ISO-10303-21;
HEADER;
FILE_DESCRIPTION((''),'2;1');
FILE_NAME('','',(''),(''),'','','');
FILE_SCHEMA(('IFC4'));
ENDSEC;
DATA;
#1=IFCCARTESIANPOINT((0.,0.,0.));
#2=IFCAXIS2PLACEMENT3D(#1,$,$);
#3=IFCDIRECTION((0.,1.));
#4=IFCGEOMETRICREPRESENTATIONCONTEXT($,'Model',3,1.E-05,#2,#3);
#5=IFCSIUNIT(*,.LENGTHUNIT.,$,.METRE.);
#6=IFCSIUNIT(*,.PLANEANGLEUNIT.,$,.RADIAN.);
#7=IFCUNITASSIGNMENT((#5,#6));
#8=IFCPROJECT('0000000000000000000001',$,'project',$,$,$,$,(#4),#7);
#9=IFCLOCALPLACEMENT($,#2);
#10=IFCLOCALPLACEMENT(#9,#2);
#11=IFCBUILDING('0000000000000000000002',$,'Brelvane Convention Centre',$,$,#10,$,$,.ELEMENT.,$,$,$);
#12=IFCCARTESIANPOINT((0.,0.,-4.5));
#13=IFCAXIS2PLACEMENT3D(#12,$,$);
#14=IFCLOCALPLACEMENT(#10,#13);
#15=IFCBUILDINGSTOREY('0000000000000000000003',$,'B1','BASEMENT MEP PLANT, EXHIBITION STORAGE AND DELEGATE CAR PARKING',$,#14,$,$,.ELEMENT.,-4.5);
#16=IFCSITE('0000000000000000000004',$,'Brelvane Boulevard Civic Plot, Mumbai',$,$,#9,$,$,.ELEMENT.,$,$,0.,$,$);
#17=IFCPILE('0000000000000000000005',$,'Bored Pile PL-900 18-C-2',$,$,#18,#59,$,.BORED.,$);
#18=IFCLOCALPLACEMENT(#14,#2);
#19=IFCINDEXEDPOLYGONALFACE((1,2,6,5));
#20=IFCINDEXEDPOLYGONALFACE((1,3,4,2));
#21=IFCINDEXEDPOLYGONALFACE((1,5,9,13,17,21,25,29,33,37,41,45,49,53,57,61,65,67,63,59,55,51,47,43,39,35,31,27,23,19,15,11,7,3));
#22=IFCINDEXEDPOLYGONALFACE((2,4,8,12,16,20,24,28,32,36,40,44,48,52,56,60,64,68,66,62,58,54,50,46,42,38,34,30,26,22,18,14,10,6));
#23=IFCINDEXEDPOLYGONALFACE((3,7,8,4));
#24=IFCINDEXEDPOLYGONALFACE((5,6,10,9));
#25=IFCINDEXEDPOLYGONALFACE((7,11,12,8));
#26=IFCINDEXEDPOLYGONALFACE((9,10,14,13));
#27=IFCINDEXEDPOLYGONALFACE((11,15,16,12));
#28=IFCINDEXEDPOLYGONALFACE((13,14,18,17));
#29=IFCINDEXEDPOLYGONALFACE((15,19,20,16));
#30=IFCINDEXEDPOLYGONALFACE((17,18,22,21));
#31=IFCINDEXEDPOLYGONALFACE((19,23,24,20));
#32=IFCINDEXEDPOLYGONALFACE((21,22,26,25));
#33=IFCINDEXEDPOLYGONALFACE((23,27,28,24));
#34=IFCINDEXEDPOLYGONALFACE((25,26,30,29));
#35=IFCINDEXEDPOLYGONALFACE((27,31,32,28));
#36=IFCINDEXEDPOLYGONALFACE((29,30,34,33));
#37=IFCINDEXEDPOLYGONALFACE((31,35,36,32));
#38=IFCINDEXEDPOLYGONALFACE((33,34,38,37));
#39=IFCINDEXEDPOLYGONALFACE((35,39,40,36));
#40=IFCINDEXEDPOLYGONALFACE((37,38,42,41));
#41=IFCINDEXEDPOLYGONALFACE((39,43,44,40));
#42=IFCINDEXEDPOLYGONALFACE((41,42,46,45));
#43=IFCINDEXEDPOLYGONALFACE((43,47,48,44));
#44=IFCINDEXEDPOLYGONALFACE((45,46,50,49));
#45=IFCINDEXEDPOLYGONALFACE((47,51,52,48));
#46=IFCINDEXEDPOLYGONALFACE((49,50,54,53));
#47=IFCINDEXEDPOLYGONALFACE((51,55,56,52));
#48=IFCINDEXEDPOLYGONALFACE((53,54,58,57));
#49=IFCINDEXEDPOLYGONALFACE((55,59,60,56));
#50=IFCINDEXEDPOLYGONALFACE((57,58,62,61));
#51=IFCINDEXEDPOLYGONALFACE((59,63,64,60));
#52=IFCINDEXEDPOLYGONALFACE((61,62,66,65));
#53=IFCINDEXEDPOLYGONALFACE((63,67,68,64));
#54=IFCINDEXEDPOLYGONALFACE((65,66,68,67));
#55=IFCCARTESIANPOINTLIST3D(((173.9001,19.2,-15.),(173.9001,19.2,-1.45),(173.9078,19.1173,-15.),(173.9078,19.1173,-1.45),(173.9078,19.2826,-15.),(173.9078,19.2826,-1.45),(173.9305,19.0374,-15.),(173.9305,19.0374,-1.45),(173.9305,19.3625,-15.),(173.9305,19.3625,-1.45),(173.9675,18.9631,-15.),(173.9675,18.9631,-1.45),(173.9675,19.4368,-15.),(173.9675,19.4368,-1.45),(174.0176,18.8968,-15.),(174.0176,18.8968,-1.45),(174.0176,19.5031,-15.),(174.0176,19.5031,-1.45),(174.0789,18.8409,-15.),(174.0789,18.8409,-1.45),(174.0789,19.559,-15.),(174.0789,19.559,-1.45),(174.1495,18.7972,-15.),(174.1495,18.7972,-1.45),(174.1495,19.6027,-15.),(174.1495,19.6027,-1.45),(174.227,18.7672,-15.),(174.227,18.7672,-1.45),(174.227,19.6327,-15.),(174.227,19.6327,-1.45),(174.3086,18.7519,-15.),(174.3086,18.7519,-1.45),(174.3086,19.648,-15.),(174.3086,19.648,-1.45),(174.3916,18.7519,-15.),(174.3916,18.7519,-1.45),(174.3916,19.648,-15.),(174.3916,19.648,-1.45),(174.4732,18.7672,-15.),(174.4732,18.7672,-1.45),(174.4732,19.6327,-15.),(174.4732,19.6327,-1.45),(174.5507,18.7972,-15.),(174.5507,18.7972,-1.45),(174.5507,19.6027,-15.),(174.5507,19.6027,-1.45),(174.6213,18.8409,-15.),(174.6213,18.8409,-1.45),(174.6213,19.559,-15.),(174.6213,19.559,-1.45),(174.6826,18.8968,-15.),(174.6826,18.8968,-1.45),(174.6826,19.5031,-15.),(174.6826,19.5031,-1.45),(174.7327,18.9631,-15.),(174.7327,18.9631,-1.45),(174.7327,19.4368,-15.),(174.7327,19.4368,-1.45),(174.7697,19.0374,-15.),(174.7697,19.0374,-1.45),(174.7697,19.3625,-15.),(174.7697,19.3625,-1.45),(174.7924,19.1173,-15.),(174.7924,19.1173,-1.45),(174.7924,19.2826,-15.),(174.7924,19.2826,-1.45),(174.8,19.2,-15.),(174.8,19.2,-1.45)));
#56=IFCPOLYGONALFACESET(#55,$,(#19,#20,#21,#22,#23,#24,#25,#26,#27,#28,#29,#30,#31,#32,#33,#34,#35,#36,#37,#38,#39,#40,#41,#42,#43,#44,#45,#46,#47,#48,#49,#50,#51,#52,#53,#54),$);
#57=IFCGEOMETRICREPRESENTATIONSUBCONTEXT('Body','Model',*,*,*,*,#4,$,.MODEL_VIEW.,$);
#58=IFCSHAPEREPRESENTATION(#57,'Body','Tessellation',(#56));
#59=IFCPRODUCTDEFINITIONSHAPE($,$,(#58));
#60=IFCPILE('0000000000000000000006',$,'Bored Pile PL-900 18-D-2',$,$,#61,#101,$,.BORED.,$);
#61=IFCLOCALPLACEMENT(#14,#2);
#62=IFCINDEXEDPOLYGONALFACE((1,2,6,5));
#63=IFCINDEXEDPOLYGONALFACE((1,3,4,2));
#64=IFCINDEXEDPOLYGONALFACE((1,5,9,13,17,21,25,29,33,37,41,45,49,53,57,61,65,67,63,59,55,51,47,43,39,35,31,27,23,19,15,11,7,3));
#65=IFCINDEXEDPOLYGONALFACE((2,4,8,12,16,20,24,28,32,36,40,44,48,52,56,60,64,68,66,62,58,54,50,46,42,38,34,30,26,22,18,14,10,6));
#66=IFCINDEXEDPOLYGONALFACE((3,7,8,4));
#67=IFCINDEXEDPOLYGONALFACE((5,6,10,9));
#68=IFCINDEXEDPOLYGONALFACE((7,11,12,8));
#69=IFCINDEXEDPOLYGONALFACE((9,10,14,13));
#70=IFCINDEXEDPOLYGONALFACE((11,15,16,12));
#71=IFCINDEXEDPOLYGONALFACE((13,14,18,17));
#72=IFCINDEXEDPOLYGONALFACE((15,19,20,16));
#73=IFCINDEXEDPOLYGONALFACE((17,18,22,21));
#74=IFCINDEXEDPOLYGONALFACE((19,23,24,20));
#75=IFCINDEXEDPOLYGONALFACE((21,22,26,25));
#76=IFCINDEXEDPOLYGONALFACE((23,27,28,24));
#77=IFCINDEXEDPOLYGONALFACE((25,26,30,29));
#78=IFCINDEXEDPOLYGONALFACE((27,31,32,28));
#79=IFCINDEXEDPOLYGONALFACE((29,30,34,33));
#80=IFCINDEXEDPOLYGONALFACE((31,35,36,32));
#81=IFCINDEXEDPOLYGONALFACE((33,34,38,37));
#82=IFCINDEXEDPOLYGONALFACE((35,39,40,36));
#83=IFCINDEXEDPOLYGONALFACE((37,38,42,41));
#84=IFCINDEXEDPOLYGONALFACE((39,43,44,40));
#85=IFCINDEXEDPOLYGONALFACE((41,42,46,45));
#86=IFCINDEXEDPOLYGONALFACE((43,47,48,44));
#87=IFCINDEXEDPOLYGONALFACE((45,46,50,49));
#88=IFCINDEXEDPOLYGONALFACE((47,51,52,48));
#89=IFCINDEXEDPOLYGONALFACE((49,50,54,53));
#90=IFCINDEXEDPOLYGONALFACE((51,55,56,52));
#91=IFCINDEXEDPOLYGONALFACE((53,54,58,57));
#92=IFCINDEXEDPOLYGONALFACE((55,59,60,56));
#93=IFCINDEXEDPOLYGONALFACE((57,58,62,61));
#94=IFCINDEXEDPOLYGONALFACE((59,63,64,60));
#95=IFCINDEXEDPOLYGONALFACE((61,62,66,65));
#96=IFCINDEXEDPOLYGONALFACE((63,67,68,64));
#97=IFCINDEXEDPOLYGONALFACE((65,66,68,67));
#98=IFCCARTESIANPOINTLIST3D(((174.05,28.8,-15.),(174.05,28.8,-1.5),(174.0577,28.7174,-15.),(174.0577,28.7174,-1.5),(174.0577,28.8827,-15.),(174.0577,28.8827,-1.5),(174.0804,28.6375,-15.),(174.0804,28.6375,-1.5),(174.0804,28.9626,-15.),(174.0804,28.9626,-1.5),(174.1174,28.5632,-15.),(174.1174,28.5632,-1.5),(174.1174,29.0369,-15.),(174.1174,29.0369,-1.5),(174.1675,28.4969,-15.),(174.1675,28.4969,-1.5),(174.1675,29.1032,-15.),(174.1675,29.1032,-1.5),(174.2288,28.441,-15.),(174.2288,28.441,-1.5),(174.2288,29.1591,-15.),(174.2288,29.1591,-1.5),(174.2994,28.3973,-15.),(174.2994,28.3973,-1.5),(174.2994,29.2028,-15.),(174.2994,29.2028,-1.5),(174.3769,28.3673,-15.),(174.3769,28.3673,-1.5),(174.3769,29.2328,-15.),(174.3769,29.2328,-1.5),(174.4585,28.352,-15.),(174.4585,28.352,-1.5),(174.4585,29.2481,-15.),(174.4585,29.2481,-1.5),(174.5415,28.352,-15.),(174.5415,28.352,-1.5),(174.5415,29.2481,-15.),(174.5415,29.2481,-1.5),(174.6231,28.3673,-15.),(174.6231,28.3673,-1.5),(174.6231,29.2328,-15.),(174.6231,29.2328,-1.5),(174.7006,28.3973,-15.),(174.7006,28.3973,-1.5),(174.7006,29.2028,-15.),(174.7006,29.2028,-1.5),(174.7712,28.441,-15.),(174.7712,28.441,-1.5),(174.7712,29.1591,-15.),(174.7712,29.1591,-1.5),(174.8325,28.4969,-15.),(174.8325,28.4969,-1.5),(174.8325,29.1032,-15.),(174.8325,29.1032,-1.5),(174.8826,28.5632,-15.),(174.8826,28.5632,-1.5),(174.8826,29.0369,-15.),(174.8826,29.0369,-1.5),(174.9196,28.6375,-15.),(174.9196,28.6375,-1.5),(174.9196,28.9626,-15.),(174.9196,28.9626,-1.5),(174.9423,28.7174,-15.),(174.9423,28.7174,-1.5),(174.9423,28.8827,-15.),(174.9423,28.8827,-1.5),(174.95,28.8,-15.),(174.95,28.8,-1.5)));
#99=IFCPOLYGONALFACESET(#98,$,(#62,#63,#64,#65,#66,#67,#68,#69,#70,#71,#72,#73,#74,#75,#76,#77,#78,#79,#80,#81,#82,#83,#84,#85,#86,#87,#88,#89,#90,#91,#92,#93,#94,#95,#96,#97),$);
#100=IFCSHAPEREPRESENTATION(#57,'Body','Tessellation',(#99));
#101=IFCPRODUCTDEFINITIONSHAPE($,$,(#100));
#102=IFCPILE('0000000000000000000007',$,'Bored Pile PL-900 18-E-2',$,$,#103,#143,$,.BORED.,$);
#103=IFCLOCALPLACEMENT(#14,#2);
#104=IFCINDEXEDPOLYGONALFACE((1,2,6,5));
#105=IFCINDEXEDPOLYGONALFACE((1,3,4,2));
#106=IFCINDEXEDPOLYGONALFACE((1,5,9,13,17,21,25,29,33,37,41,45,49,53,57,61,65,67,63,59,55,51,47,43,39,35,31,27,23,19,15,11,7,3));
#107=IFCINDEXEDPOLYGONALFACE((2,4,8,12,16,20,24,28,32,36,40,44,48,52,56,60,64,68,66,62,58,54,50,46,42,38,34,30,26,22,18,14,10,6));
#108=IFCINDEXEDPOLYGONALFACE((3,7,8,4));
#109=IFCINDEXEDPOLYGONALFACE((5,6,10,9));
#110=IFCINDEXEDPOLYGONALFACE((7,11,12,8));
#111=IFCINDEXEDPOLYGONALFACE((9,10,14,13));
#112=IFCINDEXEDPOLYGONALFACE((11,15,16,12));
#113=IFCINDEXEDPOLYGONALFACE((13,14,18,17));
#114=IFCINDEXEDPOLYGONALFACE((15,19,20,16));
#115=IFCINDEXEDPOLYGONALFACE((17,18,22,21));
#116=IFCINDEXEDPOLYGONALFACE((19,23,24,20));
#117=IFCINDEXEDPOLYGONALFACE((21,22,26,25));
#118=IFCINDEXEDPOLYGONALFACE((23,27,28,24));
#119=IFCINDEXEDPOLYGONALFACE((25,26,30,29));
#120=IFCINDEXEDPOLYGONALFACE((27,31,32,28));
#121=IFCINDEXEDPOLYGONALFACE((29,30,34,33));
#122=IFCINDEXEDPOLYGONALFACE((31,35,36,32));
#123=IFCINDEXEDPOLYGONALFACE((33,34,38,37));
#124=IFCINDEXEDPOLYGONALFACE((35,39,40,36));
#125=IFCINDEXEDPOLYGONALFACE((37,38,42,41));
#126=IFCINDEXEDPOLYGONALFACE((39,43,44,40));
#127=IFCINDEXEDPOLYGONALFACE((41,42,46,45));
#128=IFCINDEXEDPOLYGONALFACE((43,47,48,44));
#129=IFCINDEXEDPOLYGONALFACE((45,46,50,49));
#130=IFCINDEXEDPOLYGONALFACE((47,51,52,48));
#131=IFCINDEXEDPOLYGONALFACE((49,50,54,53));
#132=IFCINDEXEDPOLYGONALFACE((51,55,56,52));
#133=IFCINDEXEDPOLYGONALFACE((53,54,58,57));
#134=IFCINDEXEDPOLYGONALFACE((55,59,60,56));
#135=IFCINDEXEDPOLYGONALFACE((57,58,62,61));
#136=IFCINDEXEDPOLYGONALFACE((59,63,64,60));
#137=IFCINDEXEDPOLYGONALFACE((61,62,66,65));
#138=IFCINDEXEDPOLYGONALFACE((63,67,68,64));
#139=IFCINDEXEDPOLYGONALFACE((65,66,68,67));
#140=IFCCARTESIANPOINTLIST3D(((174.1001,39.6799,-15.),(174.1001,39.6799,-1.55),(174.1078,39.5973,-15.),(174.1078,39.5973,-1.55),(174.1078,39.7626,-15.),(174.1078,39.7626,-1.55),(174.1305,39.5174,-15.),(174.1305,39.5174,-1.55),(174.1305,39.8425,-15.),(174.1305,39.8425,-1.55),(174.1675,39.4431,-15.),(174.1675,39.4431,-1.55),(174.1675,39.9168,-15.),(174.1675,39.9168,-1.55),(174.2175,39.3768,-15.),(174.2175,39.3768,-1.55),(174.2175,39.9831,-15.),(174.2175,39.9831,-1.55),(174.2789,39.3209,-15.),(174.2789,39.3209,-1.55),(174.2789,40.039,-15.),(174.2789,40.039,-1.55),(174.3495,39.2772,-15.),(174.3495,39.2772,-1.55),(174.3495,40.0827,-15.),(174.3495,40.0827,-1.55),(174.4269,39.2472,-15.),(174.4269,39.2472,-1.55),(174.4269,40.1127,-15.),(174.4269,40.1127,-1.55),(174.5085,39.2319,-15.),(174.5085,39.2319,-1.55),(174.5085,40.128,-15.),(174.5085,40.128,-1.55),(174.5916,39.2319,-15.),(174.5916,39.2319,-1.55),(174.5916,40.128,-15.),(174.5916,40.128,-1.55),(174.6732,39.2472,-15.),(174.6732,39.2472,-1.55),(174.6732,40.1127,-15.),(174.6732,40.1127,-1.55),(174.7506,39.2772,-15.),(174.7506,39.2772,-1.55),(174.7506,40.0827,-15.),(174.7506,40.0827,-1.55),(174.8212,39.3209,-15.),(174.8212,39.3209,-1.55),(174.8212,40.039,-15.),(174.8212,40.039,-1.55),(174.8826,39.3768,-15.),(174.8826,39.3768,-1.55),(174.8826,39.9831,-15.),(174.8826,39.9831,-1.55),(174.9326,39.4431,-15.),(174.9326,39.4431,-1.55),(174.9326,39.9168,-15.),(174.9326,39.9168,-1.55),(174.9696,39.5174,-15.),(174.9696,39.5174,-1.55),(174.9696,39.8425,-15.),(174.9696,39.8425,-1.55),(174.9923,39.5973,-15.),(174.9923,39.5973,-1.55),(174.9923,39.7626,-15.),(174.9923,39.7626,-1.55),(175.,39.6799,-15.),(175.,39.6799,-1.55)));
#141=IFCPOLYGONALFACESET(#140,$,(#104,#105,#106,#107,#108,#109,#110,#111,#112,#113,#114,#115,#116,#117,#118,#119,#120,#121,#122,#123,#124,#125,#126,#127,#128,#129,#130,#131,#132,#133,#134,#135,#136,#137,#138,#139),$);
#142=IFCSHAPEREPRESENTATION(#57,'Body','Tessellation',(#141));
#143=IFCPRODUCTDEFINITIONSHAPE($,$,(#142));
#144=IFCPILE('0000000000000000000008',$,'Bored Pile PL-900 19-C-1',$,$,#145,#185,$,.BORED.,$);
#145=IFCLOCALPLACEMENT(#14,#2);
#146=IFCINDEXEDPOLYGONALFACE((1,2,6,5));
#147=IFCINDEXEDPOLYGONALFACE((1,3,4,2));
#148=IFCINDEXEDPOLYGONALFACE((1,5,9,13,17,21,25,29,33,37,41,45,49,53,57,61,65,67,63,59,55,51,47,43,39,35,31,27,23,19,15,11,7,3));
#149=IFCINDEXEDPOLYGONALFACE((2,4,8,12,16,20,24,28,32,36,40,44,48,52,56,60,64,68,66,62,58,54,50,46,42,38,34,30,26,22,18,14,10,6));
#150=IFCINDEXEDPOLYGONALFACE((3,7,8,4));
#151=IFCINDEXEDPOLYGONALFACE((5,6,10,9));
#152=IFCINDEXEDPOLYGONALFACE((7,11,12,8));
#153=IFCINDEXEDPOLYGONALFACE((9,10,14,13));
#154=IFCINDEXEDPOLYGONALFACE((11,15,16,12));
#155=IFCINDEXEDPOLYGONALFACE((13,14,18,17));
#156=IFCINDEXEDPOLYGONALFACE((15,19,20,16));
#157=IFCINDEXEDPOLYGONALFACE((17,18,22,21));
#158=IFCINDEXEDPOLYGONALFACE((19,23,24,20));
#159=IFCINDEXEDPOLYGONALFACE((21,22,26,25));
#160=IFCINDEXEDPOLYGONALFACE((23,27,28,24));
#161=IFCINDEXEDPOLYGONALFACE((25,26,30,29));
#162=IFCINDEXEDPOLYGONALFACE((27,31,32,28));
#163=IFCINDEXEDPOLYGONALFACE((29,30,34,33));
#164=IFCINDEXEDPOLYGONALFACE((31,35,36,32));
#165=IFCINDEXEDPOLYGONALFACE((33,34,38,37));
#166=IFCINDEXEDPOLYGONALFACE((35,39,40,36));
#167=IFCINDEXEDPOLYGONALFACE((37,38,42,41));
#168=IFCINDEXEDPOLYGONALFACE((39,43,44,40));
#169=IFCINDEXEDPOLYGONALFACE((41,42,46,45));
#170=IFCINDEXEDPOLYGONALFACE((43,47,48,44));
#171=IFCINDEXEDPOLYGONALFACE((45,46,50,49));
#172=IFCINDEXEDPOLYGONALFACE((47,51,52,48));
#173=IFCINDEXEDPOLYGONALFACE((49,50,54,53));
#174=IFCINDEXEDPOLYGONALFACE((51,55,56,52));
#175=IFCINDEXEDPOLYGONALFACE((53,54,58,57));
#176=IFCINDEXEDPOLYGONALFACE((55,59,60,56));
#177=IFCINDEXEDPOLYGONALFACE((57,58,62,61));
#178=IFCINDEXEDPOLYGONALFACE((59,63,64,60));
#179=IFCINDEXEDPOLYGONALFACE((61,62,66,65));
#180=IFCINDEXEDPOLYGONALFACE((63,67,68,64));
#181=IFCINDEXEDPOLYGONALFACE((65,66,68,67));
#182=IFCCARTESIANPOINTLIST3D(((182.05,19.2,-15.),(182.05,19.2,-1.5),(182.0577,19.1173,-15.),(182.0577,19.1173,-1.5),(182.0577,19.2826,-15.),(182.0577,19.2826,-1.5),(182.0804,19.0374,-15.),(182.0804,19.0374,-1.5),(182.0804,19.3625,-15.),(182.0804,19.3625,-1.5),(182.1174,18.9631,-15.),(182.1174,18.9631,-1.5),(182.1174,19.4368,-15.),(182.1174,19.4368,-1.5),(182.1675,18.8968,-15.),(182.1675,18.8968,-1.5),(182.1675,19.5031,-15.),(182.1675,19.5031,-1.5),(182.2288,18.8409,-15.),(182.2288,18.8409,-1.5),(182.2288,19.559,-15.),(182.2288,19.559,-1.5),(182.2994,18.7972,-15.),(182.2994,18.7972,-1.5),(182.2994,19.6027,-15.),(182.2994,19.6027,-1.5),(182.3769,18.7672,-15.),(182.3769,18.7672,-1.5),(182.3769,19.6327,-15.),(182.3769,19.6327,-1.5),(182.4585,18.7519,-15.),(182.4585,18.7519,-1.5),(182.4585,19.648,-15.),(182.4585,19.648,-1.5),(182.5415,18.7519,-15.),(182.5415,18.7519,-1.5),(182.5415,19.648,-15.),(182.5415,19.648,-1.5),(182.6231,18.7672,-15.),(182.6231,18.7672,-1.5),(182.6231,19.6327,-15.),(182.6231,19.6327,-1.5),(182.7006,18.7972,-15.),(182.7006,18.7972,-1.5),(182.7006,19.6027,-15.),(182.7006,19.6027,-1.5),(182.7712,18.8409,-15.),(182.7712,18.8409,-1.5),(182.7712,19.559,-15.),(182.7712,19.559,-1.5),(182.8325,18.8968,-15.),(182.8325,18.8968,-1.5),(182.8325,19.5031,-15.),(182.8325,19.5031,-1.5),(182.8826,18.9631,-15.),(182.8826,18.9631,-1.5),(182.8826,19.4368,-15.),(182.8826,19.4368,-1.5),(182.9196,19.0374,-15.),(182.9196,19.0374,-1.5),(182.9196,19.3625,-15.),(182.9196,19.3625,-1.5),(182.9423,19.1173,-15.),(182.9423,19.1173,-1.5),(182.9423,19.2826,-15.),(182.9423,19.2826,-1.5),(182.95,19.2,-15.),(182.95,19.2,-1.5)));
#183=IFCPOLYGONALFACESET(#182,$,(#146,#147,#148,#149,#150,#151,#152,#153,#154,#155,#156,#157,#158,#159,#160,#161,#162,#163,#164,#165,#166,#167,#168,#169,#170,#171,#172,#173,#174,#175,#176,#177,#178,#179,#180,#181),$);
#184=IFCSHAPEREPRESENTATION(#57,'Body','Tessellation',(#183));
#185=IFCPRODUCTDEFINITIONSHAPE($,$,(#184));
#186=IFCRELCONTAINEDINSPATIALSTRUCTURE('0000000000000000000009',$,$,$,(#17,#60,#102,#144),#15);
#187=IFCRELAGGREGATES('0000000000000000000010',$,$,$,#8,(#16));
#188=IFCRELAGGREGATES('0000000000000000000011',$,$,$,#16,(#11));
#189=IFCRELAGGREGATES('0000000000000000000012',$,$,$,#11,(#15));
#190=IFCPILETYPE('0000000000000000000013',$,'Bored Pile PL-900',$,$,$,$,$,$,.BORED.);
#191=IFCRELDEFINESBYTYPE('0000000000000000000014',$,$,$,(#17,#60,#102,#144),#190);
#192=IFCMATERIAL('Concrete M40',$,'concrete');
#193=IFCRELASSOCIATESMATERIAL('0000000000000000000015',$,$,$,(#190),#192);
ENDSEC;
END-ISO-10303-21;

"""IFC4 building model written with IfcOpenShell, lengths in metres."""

from ifc_helpers import new_model, si_unit, direction, frame, origin, origin_2d, place, context, subcontext, project, spatial, circle, extrude, material, material_profile, profile_set, type_object, element, save


model = new_model("IFC4")

# Units and contexts
model_context = context("Model", 3, precision=1e-05, world=origin(), true_north=direction((0.0, 1.0)))
body_context = subcontext(model_context, "Body", "Model", "MODEL_VIEW")
ifc_project = project(units=[si_unit("LENGTHUNIT", "METRE"), si_unit("PLANEANGLEUNIT", "RADIAN")], contexts=[model_context])

# Site, building, storey
site_placement = place(None, origin())
site = spatial("IfcSite", under=ifc_project, at=site_placement, Name="Brelvane Boulevard Civic Plot, Mumbai", CompositionType="ELEMENT", RefElevation=0.0)
building_placement = place(site_placement, origin())
building = spatial("IfcBuilding", under=site, at=building_placement, Name="Brelvane Convention Centre", CompositionType="ELEMENT")
storey_placement = place(building_placement, frame((0.0, 0.0, -4.5)))
storey = spatial("IfcBuildingStorey", under=building, at=storey_placement, Name="B1", Description="BASEMENT MEP PLANT, EXHIBITION STORAGE AND DELEGATE CAR PARKING", CompositionType="ELEMENT", Elevation=-4.5)

# Piles
ifc_material_1 = material(Name="Concrete M40", Category="concrete")
ifc_material_profile_1 = material_profile(ifc_material_1, circle(Radius=0.45, at=origin_2d()), Name="PILE D900")
ifc_profile_set_1 = profile_set([ifc_material_profile_1], Name="Concrete M40")
pile_type = type_object("IfcPileType", Name="Bored Pile PL-900", PredefinedType="BORED", material=ifc_profile_set_1)
pile_1_placement = place(storey_placement, frame((174.3501, 19.2, -1.45), z_axis=(0.0, 0.0, -1.0), x_axis=(1.0, 0.0, 0.0)))
element("IfcPile", 1, at=pile_1_placement, inside=storey, type_object=pile_type, Name="Bored Pile PL-900 18-C-2", PredefinedType="BORED", context=body_context, shape_type="SweptSolid", body=[
    extrude(circle(Radius=0.45, at=origin_2d()), origin(), (0.0, 0.0, 1.0), 13.55),
])
pile_2_placement = place(storey_placement, frame((174.5, 28.8, -1.5), z_axis=(0.0, 0.0, -1.0), x_axis=(1.0, 0.0, 0.0)))
element("IfcPile", 2, at=pile_2_placement, inside=storey, type_object=pile_type, Name="Bored Pile PL-900 18-D-2", PredefinedType="BORED", context=body_context, shape_type="SweptSolid", body=[
    extrude(circle(Radius=0.45, at=origin_2d()), origin(), (0.0, 0.0, 1.0), 13.5),
])
pile_3_placement = place(storey_placement, frame((174.55, 39.6799, -1.55), z_axis=(0.0, 0.0, -1.0), x_axis=(1.0, 0.0, 0.0)))
element("IfcPile", 3, at=pile_3_placement, inside=storey, type_object=pile_type, Name="Bored Pile PL-900 18-E-2", PredefinedType="BORED", context=body_context, shape_type="SweptSolid", body=[
    extrude(circle(Radius=0.45, at=origin_2d()), origin(), (0.0, 0.0, 1.0), 13.45),
])
for number, where, z_axis, x_axis, name in (
    (4, (182.5, 19.2, -1.5), (0.0, 0.0, -1.0), (1.0, 0.0, 0.0), "Bored Pile PL-900 19-C-1"),
):
    element("IfcPile", number, at=place(storey_placement, frame(where, z_axis=z_axis, x_axis=x_axis)), inside=storey, type_object=pile_type, Name=name, PredefinedType="BORED", context=body_context, shape_type="SweptSolid", body=[
        extrude(circle(Radius=0.45, at=origin_2d()), origin(), (0.0, 0.0, 1.0), 13.5),
    ])

save(model, "model.ifc")
